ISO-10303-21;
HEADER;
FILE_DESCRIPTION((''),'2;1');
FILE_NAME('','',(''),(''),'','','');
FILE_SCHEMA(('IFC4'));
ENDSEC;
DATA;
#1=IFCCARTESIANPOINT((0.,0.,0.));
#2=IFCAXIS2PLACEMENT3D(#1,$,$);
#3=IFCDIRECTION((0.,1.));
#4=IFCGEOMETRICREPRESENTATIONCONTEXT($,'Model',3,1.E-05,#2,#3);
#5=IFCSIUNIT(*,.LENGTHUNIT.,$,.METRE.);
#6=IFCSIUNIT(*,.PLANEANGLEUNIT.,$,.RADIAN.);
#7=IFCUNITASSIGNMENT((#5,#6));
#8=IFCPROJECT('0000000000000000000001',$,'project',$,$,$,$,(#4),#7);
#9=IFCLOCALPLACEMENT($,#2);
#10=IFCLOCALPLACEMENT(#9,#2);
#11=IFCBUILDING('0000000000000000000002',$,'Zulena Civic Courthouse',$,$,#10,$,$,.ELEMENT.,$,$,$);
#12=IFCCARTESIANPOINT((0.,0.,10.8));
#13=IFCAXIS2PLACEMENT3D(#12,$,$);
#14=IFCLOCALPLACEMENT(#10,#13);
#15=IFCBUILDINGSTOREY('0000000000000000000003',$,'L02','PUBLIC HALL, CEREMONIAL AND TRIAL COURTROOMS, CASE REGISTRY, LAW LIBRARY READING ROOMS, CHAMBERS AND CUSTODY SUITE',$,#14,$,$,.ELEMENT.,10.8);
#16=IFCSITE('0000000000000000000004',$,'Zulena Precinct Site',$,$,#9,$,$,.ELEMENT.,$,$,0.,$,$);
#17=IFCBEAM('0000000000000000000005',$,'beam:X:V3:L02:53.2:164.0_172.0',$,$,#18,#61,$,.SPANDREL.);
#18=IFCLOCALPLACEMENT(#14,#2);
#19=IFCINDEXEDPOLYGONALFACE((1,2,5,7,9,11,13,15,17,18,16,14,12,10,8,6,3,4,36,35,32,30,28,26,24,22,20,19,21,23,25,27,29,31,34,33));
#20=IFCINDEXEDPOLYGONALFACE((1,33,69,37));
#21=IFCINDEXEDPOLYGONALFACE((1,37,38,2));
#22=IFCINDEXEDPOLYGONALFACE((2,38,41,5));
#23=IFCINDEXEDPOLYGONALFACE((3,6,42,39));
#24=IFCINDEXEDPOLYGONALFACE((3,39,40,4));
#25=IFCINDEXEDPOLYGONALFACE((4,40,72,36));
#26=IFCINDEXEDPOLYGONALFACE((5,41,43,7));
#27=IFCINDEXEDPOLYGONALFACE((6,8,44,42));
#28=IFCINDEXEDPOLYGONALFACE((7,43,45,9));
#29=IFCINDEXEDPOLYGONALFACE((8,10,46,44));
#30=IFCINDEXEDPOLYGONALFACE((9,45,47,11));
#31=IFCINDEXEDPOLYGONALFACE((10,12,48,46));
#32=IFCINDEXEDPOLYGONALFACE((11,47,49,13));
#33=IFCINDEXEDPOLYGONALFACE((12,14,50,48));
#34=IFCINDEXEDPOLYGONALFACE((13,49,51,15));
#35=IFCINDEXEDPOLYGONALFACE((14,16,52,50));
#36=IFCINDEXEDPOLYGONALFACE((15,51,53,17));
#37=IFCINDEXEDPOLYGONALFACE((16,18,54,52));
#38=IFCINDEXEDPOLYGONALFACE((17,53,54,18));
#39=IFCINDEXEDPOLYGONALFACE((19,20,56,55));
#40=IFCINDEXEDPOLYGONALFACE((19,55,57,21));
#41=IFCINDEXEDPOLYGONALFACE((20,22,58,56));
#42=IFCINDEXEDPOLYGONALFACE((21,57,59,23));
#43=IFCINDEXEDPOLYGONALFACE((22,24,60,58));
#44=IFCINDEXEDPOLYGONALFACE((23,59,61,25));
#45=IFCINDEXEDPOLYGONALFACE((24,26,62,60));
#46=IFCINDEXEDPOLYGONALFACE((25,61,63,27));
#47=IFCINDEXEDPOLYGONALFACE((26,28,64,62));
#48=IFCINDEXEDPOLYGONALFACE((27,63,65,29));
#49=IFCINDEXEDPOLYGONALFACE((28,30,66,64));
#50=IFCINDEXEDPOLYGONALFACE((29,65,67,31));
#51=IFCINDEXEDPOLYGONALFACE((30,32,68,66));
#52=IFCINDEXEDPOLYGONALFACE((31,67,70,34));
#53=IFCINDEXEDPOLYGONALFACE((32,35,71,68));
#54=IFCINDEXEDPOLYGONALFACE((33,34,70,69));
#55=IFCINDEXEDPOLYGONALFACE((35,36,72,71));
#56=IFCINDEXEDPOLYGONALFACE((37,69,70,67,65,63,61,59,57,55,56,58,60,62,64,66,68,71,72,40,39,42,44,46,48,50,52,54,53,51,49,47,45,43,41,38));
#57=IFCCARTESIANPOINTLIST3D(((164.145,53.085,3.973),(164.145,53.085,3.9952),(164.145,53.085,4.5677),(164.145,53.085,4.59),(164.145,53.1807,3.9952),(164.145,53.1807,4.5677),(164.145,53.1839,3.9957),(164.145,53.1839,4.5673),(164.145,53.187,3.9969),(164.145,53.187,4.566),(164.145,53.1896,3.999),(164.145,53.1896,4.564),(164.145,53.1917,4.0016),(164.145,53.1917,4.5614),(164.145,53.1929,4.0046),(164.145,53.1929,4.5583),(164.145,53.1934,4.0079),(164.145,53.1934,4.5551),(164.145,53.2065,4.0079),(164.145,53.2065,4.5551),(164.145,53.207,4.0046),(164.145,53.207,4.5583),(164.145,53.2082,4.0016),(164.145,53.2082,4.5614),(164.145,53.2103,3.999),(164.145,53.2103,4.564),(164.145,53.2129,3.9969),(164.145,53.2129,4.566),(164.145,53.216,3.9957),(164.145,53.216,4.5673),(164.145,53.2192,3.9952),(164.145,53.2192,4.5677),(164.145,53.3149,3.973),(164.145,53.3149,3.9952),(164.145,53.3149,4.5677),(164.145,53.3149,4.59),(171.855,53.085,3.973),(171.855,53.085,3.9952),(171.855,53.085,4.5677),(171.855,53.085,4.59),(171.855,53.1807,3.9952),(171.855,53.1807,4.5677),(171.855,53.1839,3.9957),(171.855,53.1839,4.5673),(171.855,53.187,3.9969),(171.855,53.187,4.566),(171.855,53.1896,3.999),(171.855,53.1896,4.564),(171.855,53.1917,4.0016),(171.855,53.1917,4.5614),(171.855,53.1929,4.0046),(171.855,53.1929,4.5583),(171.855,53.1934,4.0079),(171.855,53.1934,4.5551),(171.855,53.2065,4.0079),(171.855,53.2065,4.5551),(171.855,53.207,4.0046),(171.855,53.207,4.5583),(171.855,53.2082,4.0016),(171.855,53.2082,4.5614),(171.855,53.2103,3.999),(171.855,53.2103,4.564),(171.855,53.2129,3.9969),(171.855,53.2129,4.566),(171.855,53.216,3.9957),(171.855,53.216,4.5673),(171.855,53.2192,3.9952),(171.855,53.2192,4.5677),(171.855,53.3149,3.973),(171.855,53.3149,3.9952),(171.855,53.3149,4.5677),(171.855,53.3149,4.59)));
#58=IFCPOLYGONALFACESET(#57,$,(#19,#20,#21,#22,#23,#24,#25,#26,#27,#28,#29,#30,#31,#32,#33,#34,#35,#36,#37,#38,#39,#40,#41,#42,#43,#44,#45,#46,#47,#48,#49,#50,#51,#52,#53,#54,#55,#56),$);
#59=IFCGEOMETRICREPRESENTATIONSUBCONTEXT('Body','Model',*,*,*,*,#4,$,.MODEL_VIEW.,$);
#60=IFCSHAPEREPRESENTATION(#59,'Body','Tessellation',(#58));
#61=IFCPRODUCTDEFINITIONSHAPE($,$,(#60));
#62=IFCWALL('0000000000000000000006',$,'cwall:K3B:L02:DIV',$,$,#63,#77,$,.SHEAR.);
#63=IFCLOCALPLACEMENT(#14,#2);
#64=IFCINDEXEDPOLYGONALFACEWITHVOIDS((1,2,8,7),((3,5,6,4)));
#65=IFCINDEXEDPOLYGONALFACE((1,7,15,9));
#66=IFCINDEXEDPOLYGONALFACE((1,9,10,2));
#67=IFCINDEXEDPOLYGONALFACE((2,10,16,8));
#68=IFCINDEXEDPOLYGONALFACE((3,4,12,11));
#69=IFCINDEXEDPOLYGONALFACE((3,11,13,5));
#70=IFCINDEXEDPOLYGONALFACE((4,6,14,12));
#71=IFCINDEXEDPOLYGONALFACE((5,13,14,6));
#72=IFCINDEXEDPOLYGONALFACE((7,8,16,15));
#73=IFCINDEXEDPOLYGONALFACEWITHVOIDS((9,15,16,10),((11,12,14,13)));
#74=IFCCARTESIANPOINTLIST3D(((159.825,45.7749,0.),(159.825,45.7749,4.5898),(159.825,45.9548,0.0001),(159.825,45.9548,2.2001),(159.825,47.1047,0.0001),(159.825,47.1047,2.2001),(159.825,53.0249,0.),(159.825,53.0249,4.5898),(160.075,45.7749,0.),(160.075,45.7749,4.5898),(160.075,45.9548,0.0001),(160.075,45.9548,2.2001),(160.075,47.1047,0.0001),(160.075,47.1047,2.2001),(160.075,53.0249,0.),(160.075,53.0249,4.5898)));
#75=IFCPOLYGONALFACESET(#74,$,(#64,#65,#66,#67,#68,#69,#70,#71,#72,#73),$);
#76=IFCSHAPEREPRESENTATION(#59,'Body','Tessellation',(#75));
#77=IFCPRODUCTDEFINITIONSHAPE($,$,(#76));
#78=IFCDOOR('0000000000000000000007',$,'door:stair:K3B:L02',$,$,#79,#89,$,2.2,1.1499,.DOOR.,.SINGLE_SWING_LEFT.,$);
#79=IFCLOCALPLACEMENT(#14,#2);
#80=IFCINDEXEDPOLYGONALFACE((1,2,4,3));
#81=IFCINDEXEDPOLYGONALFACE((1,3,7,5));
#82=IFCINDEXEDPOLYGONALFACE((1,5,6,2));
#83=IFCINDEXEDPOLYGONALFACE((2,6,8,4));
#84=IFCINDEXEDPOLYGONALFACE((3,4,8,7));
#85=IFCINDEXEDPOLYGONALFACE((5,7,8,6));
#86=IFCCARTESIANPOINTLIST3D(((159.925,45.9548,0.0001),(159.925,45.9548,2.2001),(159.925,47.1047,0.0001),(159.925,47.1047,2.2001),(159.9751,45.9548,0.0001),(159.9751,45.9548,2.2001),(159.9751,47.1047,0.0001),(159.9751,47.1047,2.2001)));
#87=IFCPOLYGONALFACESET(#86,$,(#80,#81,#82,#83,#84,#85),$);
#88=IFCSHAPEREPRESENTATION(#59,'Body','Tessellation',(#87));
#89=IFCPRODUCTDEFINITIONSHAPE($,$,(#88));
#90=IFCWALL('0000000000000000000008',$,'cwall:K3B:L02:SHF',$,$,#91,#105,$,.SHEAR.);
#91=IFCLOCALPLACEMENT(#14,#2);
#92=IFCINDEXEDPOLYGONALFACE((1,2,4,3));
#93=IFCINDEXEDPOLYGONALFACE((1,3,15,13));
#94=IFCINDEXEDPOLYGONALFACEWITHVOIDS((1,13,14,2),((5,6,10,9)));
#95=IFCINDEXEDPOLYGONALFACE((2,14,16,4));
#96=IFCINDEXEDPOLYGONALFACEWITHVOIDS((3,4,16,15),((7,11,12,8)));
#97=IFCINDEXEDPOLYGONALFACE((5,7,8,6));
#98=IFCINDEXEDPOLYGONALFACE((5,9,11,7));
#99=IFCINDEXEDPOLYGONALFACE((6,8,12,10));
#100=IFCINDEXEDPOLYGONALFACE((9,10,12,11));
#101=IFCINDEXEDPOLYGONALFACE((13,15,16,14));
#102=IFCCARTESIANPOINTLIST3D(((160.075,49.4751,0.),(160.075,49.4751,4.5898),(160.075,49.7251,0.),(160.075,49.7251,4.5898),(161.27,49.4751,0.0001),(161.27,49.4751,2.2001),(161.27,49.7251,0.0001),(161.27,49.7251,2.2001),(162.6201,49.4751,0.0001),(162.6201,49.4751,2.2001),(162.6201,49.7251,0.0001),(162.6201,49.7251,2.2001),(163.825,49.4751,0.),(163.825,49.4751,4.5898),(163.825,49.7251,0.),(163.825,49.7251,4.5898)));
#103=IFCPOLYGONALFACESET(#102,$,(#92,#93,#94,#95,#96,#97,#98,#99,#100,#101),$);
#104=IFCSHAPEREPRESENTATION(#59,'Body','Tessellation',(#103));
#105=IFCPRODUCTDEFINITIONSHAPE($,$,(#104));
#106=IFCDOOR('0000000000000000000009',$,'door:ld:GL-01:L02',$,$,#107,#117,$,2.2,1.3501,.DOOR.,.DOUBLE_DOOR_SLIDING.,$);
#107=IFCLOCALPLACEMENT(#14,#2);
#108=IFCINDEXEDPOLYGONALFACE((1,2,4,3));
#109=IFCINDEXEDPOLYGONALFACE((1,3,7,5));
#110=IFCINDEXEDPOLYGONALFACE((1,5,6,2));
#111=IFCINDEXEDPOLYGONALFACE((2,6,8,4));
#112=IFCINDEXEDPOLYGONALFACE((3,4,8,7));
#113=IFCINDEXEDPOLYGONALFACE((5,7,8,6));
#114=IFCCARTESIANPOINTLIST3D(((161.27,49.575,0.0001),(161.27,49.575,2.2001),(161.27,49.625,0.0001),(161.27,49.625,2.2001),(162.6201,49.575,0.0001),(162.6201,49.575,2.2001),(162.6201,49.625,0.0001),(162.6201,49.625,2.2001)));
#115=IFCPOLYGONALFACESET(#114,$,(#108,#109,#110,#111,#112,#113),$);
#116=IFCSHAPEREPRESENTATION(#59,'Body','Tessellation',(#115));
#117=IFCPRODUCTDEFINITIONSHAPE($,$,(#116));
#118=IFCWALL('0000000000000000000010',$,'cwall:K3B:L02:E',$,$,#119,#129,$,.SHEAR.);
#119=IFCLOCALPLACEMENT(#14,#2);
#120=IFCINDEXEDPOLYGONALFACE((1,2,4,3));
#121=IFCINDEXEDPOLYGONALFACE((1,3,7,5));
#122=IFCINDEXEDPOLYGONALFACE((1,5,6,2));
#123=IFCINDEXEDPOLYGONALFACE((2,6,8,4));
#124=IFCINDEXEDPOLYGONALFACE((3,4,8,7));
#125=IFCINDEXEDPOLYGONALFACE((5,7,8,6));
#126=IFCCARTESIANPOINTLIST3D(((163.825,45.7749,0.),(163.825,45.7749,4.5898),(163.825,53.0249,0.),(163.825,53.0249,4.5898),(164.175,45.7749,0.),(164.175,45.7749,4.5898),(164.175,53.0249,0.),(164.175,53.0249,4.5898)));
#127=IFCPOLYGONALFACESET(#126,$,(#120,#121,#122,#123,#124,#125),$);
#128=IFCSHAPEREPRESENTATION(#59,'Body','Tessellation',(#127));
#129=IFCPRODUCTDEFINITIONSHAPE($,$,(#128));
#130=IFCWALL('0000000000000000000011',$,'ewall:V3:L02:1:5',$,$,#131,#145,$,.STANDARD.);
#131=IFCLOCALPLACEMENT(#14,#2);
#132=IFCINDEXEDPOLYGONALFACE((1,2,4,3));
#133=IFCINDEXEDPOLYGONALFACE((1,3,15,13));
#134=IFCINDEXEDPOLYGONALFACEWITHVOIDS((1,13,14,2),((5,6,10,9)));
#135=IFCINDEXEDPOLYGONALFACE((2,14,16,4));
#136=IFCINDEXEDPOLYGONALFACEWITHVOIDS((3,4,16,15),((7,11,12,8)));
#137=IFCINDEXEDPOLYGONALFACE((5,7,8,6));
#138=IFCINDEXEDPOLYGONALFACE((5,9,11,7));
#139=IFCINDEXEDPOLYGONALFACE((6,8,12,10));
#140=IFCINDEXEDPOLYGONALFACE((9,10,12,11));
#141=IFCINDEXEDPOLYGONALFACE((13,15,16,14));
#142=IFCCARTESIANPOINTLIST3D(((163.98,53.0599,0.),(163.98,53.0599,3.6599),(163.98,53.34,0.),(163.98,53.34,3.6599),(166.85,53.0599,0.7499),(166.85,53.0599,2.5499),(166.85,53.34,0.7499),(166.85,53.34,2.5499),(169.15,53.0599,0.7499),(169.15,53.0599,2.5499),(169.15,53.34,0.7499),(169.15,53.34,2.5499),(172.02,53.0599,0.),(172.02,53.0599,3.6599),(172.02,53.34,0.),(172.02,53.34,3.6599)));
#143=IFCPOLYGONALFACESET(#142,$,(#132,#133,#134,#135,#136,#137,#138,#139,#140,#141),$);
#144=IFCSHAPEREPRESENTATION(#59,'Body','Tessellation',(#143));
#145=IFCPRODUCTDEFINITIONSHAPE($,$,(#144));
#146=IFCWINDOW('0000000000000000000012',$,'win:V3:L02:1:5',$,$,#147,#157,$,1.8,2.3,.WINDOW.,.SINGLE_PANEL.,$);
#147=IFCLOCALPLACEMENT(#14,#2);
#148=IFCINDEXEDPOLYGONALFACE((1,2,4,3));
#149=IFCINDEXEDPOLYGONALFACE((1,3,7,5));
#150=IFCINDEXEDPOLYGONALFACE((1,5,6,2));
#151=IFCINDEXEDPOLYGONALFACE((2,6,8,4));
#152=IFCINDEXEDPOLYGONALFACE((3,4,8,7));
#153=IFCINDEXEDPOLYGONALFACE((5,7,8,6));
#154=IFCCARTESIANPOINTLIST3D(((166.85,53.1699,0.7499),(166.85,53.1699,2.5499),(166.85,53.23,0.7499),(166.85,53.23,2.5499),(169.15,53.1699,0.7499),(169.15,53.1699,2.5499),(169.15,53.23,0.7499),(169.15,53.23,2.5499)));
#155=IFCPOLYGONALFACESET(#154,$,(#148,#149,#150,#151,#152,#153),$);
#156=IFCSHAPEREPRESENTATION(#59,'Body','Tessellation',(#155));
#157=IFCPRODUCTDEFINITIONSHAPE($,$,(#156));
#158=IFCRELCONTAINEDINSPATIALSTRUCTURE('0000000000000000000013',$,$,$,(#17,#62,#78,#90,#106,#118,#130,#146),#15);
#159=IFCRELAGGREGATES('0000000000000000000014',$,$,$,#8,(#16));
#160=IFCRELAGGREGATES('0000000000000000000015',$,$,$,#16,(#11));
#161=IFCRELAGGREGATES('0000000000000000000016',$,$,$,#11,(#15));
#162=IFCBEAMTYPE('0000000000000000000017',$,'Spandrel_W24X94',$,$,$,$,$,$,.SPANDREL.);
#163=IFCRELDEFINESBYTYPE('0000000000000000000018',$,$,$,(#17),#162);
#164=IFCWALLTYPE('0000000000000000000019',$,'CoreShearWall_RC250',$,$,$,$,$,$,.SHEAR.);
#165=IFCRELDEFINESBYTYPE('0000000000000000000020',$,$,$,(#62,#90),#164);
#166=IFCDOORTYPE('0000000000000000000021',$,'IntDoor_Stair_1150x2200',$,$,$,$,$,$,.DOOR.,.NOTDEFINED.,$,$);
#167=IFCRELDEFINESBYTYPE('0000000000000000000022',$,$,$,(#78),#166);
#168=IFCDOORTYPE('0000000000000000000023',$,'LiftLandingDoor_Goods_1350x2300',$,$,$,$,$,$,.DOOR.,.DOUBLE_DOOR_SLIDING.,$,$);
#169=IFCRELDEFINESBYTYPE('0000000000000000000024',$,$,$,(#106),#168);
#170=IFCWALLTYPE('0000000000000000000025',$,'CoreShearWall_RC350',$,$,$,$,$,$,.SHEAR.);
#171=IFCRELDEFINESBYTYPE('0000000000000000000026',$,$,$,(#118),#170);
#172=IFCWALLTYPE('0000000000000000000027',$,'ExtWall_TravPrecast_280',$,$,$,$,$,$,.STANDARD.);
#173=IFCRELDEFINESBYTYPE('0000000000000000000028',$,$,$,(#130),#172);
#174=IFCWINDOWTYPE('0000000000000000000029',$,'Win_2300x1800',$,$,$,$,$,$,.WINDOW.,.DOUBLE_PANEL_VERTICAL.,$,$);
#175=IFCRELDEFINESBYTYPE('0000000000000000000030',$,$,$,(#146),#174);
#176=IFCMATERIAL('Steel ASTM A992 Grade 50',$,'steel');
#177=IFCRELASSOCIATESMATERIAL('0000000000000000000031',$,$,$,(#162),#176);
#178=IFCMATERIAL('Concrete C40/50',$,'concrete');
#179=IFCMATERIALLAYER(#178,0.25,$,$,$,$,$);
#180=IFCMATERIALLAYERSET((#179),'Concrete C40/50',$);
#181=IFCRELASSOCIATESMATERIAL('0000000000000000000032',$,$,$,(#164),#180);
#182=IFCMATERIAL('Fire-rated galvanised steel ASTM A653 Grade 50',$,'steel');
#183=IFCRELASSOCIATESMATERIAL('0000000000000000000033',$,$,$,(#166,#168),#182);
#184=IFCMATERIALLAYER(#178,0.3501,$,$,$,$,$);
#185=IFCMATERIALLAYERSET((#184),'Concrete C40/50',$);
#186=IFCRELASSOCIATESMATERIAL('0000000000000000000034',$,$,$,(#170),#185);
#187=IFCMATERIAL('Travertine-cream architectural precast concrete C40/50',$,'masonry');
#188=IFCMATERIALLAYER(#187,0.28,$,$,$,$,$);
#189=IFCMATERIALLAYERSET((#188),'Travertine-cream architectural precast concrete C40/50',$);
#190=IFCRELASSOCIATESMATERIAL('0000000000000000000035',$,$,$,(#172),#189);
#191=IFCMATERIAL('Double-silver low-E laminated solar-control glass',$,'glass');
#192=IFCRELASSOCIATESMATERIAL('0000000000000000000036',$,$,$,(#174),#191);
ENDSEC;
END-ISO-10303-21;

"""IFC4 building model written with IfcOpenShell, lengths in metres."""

from ifc_helpers import new_model, si_unit, direction, frame, frame_2d, origin, origin_2d, place, context, subcontext, project, spatial, rectangle, i_section, extrude, material, layer, layer_set, material_profile, profile_set, type_object, element, fill, save


model = new_model("IFC4")

# Units and contexts
model_context = context("Model", 3, precision=1e-05, world=origin(), true_north=direction((0.0, 1.0)))
body_context = subcontext(model_context, "Body", "Model", "MODEL_VIEW")
ifc_project = project(units=[si_unit("LENGTHUNIT", "METRE"), si_unit("PLANEANGLEUNIT", "RADIAN")], contexts=[model_context])

# Site, building, storey
site_placement = place(None, origin())
site = spatial("IfcSite", under=ifc_project, at=site_placement, Name="Zulena Precinct Site", CompositionType="ELEMENT", RefElevation=0.0)
building_placement = place(site_placement, origin())
building = spatial("IfcBuilding", under=site, at=building_placement, Name="Zulena Civic Courthouse", CompositionType="ELEMENT")
storey_placement = place(building_placement, frame((0.0, 0.0, 10.8)))
storey = spatial("IfcBuildingStorey", under=building, at=storey_placement, Name="L02", Description="PUBLIC HALL, CEREMONIAL AND TRIAL COURTROOMS, CASE REGISTRY, LAW LIBRARY READING ROOMS, CHAMBERS AND CUSTODY SUITE", CompositionType="ELEMENT", Elevation=10.8)

# Shared definitions
ifc_material_1 = material(Name="Steel ASTM A992 Grade 50", Category="steel")

# Beam
ifc_material_profile_1 = material_profile(ifc_material_1, i_section(OverallWidth=0.23, OverallDepth=0.6169, WebThickness=0.0132, FlangeThickness=0.0222, FilletRadius=0.0127, at=origin_2d()), Name="W24X94")
ifc_profile_set_1 = profile_set([ifc_material_profile_1], Name="Steel ASTM A992 Grade 50")
beam_type_1 = type_object("IfcBeamType", Name="Spandrel_W24X94", PredefinedType="SPANDREL", material=ifc_profile_set_1)
for number, where, z_axis, x_axis, name in (
    (1, (164.145, 53.2, 4.2815), (1.0, 0.0, 0.0), (0.0, 1.0, 0.0), "beam:X:V3:L02:53.2:164.0_172.0"),
):
    element("IfcBeam", number, at=place(storey_placement, frame(where, z_axis=z_axis, x_axis=x_axis)), inside=storey, type_object=beam_type_1, Name=name, PredefinedType="SPANDREL", context=body_context, shape_type="SweptSolid", body=[
        extrude(i_section(OverallWidth=0.23, OverallDepth=0.6169, WebThickness=0.0132, FlangeThickness=0.0222, FilletRadius=0.0127, at=origin_2d()), origin(), (0.0, 0.0, 1.0), 7.71),
    ])

# Walls, openings, doors
ifc_material_2 = material(Name="Concrete C40/50", Category="concrete")
ifc_layer_1 = layer(ifc_material_2, 0.25)
ifc_layer_set_1 = layer_set([ifc_layer_1], Name="Concrete C40/50")
wall_type_1 = type_object("IfcWallType", Name="CoreShearWall_RC250", PredefinedType="SHEAR", material=ifc_layer_set_1)
wall_1_placement = place(storey_placement, frame((159.95, 45.7749, 0.0), z_axis=(0.0, 0.0, 1.0), x_axis=(0.0, 1.0, 0.0)))
wall_1 = element("IfcWall", 2, at=wall_1_placement, inside=storey, type_object=wall_type_1, Name="cwall:K3B:L02:DIV", PredefinedType="SHEAR", context=body_context, shape_type="SweptSolid", body=[
    extrude(rectangle(XDim=7.25, YDim=0.25, at=frame_2d((3.625, 0.0))), origin(), (0.0, 0.0, 1.0), 4.5898),
])
opening_1_placement = place(wall_1_placement, frame((0.1799, 0.0, 0.0)))
opening_1 = element("IfcOpeningElement", 3, at=opening_1_placement, cuts=wall_1, PredefinedType="OPENING", context=body_context, shape_type="SweptSolid", body=[
    extrude(rectangle(XDim=1.1499, YDim=2.2, at=frame_2d((0.575, 1.1001))), frame((0.0, 0.135, 0.0), z_axis=(0.0, -1.0, 0.0), x_axis=(1.0, 0.0, 0.0)), (0.0, 0.0, 1.0), 0.27),
])
ifc_material_3 = material(Name="Fire-rated galvanised steel ASTM A653 Grade 50", Category="steel")
door_type_1 = type_object("IfcDoorType", Name="IntDoor_Stair_1150x2200", OperationType="NOTDEFINED", PredefinedType="DOOR", material=ifc_material_3)
door_1_placement = place(opening_1_placement, origin())
door_1 = element("IfcDoor", 4, at=door_1_placement, inside=storey, type_object=door_type_1, Name="door:stair:K3B:L02", OperationType="SINGLE_SWING_LEFT", OverallHeight=2.2, OverallWidth=1.1499, PredefinedType="DOOR", context=body_context, shape_type="SweptSolid", body=[
    extrude(rectangle(XDim=1.1499, YDim=2.2, at=frame_2d((0.575, 1.1001))), frame((0.0, 0.0249, 0.0), z_axis=(0.0, -1.0, 0.0), x_axis=(1.0, 0.0, 0.0)), (0.0, 0.0, 1.0), 0.05),
])
fill(opening_1, door_1)
wall_2_placement = place(storey_placement, frame((160.075, 49.6001, 0.0), z_axis=(0.0, 0.0, 1.0), x_axis=(1.0, 0.0, 0.0)))
wall_2 = element("IfcWall", 5, at=wall_2_placement, inside=storey, type_object=wall_type_1, Name="cwall:K3B:L02:SHF", PredefinedType="SHEAR", context=body_context, shape_type="SweptSolid", body=[
    extrude(rectangle(XDim=3.75, YDim=0.25, at=frame_2d((1.875, 0.0))), origin(), (0.0, 0.0, 1.0), 4.5898),
])
opening_2_placement = place(wall_2_placement, frame((1.1951, 0.0, 0.0)))
opening_2 = element("IfcOpeningElement", 6, at=opening_2_placement, cuts=wall_2, PredefinedType="OPENING", context=body_context, shape_type="SweptSolid", body=[
    extrude(rectangle(XDim=1.3501, YDim=2.2, at=frame_2d((0.675, 1.1001))), frame((0.0, 0.135, 0.0), z_axis=(0.0, -1.0, 0.0), x_axis=(1.0, 0.0, 0.0)), (0.0, 0.0, 1.0), 0.27),
])
door_type_2 = type_object("IfcDoorType", Name="LiftLandingDoor_Goods_1350x2300", OperationType="DOUBLE_DOOR_SLIDING", PredefinedType="DOOR", material=ifc_material_3)
door_2_placement = place(opening_2_placement, origin())
door_2 = element("IfcDoor", 7, at=door_2_placement, inside=storey, type_object=door_type_2, Name="door:ld:GL-01:L02", OperationType="DOUBLE_DOOR_SLIDING", OverallHeight=2.2, OverallWidth=1.3501, PredefinedType="DOOR", context=body_context, shape_type="SweptSolid", body=[
    extrude(rectangle(XDim=1.3501, YDim=2.2, at=frame_2d((0.675, 1.1001))), frame((0.0, 0.0249, 0.0), z_axis=(0.0, -1.0, 0.0), x_axis=(1.0, 0.0, 0.0)), (0.0, 0.0, 1.0), 0.05),
])
fill(opening_2, door_2)

# Wall
ifc_layer_2 = layer(ifc_material_2, 0.3501)
ifc_layer_set_2 = layer_set([ifc_layer_2], Name="Concrete C40/50")
wall_type_2 = type_object("IfcWallType", Name="CoreShearWall_RC350", PredefinedType="SHEAR", material=ifc_layer_set_2)
wall_3_placement = place(storey_placement, frame((164.0, 45.7749, 0.0), z_axis=(0.0, 0.0, 1.0), x_axis=(0.0, 1.0, 0.0)))
element("IfcWall", 8, at=wall_3_placement, inside=storey, type_object=wall_type_2, Name="cwall:K3B:L02:E", PredefinedType="SHEAR", context=body_context, shape_type="SweptSolid", body=[
    extrude(rectangle(XDim=7.25, YDim=0.3501, at=frame_2d((3.625, 0.0))), origin(), (0.0, 0.0, 1.0), 4.5898),
])

# Wall, opening, window
ifc_material_4 = material(Name="Travertine-cream architectural precast concrete C40/50", Category="masonry")
ifc_layer_3 = layer(ifc_material_4, 0.28)
ifc_layer_set_3 = layer_set([ifc_layer_3], Name="Travertine-cream architectural precast concrete C40/50")
wall_type_3 = type_object("IfcWallType", Name="ExtWall_TravPrecast_280", PredefinedType="STANDARD", material=ifc_layer_set_3)
wall_4_placement = place(storey_placement, frame((163.98, 53.2, 0.0), z_axis=(0.0, 0.0, 1.0), x_axis=(1.0, 0.0, 0.0)))
wall_4 = element("IfcWall", 9, at=wall_4_placement, inside=storey, type_object=wall_type_3, Name="ewall:V3:L02:1:5", PredefinedType="STANDARD", context=body_context, shape_type="SweptSolid", body=[
    extrude(rectangle(XDim=8.04, YDim=0.28, at=frame_2d((4.02, 0.0))), origin(), (0.0, 0.0, 1.0), 3.6599),
])
opening_3_placement = place(wall_4_placement, frame((2.8701, 0.0, 0.75)))
opening_3 = element("IfcOpeningElement", 10, at=opening_3_placement, cuts=wall_4, PredefinedType="OPENING", context=body_context, shape_type="SweptSolid", body=[
    extrude(rectangle(XDim=2.3, YDim=1.8, at=frame_2d((1.1499, 0.8999))), frame((0.0, 0.1499, 0.0), z_axis=(0.0, -1.0, 0.0), x_axis=(1.0, 0.0, 0.0)), (0.0, 0.0, 1.0), 0.3),
])
ifc_material_5 = material(Name="Double-silver low-E laminated solar-control glass", Category="glass")
window_type_1 = type_object("IfcWindowType", Name="Win_2300x1800", PartitioningType="DOUBLE_PANEL_VERTICAL", PredefinedType="WINDOW", material=ifc_material_5)
window_1_placement = place(opening_3_placement, origin())
window_1 = element("IfcWindow", 11, at=window_1_placement, inside=storey, type_object=window_type_1, Name="win:V3:L02:1:5", OverallHeight=1.8, OverallWidth=2.3, PartitioningType="SINGLE_PANEL", PredefinedType="WINDOW", context=body_context, shape_type="SweptSolid", body=[
    extrude(rectangle(XDim=2.3, YDim=1.8, at=frame_2d((1.1499, 0.8999))), frame((0.0, 0.03, 0.0), z_axis=(0.0, -1.0, 0.0), x_axis=(1.0, 0.0, 0.0)), (0.0, 0.0, 1.0), 0.0601),
])
fill(opening_3, window_1)

save(model, "model.ifc")
